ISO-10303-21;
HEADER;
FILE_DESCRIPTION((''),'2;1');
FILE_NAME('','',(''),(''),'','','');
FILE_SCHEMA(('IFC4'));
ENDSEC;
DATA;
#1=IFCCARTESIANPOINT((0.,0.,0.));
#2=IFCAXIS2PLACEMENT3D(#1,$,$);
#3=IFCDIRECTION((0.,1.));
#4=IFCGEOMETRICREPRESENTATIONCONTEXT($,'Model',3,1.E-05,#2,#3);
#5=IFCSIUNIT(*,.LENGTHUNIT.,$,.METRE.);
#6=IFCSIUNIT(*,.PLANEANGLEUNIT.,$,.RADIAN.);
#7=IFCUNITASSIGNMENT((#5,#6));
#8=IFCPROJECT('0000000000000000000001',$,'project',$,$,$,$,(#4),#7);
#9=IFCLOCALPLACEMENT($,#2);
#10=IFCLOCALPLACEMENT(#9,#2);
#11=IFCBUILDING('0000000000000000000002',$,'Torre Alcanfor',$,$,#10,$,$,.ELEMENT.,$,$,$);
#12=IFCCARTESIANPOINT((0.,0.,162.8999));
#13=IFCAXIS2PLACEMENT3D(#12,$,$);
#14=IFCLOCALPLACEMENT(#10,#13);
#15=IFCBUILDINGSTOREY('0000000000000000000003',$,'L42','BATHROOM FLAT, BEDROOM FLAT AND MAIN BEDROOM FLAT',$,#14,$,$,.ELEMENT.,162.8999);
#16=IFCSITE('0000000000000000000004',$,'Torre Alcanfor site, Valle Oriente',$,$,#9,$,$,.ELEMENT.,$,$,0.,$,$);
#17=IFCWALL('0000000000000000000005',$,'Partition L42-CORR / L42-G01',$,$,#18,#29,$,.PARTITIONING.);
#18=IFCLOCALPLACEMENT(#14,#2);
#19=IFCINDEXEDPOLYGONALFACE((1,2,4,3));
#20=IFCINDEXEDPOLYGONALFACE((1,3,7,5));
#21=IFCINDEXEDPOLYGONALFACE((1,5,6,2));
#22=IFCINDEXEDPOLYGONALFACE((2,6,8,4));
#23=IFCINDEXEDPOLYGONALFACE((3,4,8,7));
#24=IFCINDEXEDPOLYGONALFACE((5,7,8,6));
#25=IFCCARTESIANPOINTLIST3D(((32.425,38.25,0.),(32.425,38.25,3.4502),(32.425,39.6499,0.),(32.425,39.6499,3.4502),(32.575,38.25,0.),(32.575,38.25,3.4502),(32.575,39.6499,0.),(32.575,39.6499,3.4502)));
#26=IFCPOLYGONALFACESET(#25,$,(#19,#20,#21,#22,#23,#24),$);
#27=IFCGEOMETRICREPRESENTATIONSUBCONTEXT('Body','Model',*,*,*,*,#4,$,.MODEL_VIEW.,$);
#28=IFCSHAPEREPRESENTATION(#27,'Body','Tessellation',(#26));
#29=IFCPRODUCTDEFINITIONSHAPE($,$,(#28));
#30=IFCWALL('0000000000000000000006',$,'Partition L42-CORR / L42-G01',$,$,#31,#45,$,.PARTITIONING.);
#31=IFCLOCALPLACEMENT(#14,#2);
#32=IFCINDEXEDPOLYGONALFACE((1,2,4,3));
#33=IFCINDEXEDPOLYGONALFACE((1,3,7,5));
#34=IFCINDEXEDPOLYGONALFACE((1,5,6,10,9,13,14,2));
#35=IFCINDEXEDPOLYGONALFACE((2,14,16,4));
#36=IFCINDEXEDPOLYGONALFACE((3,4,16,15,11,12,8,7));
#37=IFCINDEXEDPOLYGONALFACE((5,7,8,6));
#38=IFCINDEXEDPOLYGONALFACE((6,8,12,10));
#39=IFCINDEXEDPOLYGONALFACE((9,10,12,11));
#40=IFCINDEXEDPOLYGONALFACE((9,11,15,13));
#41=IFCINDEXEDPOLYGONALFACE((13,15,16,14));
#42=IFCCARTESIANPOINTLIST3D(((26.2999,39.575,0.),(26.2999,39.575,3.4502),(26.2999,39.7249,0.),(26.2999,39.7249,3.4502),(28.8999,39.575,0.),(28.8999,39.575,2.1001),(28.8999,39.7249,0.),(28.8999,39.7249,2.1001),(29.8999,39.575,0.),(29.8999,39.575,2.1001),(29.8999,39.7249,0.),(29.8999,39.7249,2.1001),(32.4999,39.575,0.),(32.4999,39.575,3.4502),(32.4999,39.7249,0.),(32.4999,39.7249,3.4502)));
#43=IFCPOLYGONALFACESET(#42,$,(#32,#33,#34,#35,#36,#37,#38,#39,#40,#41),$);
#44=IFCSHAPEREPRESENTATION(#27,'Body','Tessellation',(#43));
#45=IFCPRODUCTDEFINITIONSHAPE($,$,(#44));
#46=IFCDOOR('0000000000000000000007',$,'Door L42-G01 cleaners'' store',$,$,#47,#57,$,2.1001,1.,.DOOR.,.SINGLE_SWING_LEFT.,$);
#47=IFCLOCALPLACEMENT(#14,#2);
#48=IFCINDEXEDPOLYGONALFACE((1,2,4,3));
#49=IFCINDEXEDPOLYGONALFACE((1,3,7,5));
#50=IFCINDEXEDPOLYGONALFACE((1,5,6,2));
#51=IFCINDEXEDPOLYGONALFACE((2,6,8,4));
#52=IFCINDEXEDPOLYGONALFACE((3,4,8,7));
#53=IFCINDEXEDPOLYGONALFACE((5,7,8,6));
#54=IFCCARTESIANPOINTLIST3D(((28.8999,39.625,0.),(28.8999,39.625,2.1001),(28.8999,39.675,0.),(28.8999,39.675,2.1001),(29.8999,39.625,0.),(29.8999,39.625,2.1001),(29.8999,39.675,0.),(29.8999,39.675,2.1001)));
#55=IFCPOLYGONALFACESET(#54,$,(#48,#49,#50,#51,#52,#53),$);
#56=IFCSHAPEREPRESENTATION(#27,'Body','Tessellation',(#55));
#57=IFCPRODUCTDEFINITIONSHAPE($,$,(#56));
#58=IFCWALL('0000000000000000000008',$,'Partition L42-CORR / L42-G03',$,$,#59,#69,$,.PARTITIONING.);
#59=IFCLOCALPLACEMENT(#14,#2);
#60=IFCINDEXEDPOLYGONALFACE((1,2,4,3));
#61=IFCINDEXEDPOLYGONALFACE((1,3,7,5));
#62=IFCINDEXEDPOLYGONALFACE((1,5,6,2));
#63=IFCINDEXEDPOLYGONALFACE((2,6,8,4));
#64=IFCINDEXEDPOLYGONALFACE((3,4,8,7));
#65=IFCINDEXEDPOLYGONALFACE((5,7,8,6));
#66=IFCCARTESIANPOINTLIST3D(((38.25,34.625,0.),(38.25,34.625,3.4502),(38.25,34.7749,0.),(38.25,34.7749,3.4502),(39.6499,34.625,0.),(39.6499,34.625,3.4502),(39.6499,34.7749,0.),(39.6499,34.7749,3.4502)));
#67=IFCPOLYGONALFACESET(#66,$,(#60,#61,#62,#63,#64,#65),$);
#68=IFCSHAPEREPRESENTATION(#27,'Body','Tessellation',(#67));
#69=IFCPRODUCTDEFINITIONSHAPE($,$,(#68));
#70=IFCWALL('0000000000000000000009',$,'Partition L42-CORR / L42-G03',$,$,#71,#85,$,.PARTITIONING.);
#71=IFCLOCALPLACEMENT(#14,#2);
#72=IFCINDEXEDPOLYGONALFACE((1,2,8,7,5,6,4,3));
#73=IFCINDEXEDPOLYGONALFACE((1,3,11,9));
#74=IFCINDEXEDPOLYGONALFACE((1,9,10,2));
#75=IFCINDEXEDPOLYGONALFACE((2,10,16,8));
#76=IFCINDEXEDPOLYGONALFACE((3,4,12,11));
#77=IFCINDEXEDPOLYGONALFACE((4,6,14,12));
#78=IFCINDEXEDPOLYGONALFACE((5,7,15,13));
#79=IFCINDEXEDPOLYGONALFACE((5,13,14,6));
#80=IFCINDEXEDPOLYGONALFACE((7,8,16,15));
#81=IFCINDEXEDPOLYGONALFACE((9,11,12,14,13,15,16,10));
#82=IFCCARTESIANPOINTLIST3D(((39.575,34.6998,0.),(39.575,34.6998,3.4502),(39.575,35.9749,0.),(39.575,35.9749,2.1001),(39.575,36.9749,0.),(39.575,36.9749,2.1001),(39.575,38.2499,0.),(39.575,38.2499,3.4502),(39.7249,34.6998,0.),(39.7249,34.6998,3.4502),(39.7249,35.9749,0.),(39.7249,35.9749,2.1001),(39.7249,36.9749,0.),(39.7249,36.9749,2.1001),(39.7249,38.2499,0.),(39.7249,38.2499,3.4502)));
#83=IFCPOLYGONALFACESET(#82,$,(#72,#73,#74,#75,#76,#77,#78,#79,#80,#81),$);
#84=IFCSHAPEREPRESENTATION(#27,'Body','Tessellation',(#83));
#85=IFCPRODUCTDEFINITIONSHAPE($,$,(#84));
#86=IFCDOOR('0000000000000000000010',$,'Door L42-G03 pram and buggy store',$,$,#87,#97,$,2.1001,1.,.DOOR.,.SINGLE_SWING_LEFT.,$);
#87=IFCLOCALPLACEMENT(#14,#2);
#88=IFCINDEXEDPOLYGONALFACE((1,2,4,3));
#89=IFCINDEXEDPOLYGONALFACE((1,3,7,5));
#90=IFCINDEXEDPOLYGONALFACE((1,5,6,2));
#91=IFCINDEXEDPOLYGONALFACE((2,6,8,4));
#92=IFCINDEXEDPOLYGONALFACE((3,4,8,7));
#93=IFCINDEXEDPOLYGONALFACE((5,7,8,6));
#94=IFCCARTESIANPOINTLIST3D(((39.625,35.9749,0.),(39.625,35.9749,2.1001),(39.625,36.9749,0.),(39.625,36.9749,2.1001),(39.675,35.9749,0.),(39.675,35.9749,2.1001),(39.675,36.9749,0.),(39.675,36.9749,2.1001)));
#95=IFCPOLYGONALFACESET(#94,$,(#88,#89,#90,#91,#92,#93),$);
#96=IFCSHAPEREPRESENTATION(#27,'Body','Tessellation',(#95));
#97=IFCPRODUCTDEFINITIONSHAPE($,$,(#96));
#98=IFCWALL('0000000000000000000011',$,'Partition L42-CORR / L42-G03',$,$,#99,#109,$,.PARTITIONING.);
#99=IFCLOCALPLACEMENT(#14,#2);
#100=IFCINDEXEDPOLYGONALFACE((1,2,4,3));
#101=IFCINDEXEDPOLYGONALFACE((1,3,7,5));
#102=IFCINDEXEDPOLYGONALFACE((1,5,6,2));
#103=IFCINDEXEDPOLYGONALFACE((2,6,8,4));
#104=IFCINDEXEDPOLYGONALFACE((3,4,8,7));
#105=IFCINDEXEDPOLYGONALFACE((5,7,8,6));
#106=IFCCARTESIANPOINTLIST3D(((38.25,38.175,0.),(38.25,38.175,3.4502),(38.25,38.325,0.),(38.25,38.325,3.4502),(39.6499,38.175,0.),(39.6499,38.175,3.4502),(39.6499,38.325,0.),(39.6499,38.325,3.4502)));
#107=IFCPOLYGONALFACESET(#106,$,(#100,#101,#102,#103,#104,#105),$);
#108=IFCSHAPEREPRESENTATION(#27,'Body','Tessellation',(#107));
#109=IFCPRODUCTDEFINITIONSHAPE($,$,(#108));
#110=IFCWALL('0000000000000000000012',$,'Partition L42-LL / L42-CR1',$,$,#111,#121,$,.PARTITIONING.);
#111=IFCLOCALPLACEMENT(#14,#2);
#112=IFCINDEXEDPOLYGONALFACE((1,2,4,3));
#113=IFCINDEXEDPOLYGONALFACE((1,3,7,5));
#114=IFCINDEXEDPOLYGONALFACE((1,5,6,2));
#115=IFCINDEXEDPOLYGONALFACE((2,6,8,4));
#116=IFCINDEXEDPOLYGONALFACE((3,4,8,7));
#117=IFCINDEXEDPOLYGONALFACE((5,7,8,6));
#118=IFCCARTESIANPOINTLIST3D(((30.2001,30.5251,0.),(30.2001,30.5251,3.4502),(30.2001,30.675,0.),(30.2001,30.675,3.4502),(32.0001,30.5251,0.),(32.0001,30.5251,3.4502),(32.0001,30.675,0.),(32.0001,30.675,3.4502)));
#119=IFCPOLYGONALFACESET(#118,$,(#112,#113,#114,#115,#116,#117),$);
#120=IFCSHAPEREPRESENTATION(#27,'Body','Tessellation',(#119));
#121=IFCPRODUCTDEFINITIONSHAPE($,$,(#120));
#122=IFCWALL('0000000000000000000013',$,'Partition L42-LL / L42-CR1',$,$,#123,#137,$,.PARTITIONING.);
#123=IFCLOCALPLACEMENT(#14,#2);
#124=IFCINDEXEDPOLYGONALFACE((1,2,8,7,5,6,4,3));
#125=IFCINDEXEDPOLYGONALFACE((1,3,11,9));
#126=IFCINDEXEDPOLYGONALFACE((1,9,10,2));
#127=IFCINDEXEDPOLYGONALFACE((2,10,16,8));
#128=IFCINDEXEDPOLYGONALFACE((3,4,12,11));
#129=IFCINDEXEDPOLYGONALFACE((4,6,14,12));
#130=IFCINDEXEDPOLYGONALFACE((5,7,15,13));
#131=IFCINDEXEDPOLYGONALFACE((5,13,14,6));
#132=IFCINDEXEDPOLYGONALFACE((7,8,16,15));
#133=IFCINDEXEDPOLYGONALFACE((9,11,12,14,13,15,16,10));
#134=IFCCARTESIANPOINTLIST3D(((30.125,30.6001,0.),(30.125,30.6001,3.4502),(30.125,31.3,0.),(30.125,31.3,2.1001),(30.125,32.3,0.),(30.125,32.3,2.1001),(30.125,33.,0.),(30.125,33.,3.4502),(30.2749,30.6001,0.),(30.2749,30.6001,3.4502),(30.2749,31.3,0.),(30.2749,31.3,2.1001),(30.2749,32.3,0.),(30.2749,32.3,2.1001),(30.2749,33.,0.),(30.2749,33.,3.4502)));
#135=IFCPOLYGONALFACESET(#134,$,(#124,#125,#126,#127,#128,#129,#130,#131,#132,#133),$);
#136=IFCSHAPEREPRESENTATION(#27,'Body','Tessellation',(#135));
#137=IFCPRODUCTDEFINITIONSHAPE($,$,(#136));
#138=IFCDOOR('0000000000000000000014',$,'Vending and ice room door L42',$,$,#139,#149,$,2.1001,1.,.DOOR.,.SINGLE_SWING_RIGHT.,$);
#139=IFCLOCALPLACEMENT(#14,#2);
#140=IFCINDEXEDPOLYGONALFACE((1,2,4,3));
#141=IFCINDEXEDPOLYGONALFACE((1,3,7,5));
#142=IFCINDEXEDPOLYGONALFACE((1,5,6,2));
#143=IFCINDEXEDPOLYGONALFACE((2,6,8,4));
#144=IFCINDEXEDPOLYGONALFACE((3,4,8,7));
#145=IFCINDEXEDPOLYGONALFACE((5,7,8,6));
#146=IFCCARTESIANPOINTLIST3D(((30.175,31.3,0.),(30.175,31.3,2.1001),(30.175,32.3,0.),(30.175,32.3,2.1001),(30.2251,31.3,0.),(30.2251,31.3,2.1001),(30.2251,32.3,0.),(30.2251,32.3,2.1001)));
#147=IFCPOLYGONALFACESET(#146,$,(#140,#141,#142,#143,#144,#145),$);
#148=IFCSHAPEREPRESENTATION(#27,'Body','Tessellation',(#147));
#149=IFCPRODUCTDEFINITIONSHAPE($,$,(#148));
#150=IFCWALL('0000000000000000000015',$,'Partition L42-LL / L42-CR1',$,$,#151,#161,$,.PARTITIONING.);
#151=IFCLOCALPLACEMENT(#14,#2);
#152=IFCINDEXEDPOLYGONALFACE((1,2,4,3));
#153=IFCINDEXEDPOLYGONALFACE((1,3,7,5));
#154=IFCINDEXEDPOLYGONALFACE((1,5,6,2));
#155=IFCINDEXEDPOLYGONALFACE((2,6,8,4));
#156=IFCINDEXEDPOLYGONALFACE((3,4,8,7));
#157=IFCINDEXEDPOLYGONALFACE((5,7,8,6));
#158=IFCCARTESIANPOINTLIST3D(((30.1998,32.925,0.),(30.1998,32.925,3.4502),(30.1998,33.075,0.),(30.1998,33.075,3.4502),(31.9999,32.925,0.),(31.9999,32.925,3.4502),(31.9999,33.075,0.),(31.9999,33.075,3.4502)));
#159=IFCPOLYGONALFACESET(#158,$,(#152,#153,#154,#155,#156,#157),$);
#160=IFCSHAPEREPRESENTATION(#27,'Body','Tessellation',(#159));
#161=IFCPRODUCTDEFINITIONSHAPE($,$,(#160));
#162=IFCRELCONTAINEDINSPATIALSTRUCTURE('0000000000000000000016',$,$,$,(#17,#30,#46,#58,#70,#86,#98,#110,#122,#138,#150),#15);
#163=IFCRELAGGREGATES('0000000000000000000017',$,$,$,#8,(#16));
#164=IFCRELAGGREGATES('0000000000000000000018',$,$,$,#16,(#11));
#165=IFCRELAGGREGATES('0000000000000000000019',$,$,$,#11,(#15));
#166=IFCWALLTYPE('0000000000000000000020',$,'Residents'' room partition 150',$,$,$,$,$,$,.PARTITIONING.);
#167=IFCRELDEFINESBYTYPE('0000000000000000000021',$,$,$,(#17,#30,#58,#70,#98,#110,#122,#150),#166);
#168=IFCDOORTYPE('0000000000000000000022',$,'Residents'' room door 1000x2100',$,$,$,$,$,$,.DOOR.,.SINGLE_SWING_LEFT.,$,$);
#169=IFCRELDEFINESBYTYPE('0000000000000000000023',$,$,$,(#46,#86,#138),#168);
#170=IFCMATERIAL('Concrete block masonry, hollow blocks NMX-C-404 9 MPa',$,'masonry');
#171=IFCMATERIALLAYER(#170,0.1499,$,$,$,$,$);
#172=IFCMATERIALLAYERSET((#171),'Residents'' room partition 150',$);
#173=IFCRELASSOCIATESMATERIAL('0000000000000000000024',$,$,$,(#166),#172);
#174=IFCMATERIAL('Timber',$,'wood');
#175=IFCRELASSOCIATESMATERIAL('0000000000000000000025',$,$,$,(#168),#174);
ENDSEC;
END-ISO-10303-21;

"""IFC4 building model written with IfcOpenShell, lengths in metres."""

from ifc_helpers import new_model, si_unit, direction, frame, frame_2d, origin, place, context, subcontext, project, spatial, rectangle, extrude, material, layer, layer_set, type_object, element, fill, save


model = new_model("IFC4")

# Units and contexts
model_context = context("Model", 3, precision=1e-05, world=origin(), true_north=direction((0.0, 1.0)))
body_context = subcontext(model_context, "Body", "Model", "MODEL_VIEW")
ifc_project = project(units=[si_unit("LENGTHUNIT", "METRE"), si_unit("PLANEANGLEUNIT", "RADIAN")], contexts=[model_context])

# Site, building, storey
site_placement = place(None, origin())
site = spatial("IfcSite", under=ifc_project, at=site_placement, Name="Torre Alcanfor site, Valle Oriente", CompositionType="ELEMENT", RefElevation=0.0)
building_placement = place(site_placement, origin())
building = spatial("IfcBuilding", under=site, at=building_placement, Name="Torre Alcanfor", CompositionType="ELEMENT")
storey_placement = place(building_placement, frame((0.0, 0.0, 162.8999)))
storey = spatial("IfcBuildingStorey", under=building, at=storey_placement, Name="L42", Description="BATHROOM FLAT, BEDROOM FLAT AND MAIN BEDROOM FLAT", CompositionType="ELEMENT", Elevation=162.8999)

# Wall
ifc_material_1 = material(Name="Concrete block masonry, hollow blocks NMX-C-404 9 MPa", Category="masonry")
ifc_layer_1 = layer(ifc_material_1, 0.1499)
ifc_layer_set_1 = layer_set([ifc_layer_1], Name="Residents' room partition 150")
wall_type_1 = type_object("IfcWallType", Name="Residents' room partition 150", PredefinedType="PARTITIONING", material=ifc_layer_set_1)
wall_1_placement = place(storey_placement, frame((32.5, 38.25, 0.0), z_axis=(0.0, 0.0, 1.0), x_axis=(0.0, 1.0, 0.0)))
element("IfcWall", 1, at=wall_1_placement, inside=storey, type_object=wall_type_1, Name="Partition L42-CORR / L42-G01", PredefinedType="PARTITIONING", context=body_context, shape_type="SweptSolid", body=[
    extrude(rectangle(XDim=1.3999, YDim=0.1499, at=frame_2d((0.7, 0.0))), origin(), (0.0, 0.0, 1.0), 3.4502),
])

# Wall, opening, door
wall_2_placement = place(storey_placement, frame((32.5, 39.6499, 0.0), z_axis=(0.0, 0.0, 1.0), x_axis=(-1.0, 0.0, 0.0)))
wall_2 = element("IfcWall", 2, at=wall_2_placement, inside=storey, type_object=wall_type_1, Name="Partition L42-CORR / L42-G01", PredefinedType="PARTITIONING", context=body_context, shape_type="SweptSolid", body=[
    extrude(rectangle(XDim=6.2, YDim=0.1499, at=frame_2d((3.1001, 0.0))), origin(), (0.0, 0.0, 1.0), 3.4502),
])
opening_1_placement = place(wall_2_placement, frame((2.6001, 0.0, 0.0)))
opening_1 = element("IfcOpeningElement", 3, at=opening_1_placement, cuts=wall_2, PredefinedType="OPENING", context=body_context, shape_type="SweptSolid", body=[
    extrude(rectangle(XDim=1.0, YDim=2.1001, at=frame_2d((0.5, 1.05))), frame((0.0, 0.085, 0.0), z_axis=(0.0, -1.0, 0.0), x_axis=(1.0, 0.0, 0.0)), (0.0, 0.0, 1.0), 0.1699),
])
ifc_material_2 = material(Name="Timber", Category="wood")
door_type = type_object("IfcDoorType", Name="Residents' room door 1000x2100", OperationType="SINGLE_SWING_LEFT", PredefinedType="DOOR", material=ifc_material_2)
door_1_placement = place(opening_1_placement, origin())
door_1 = element("IfcDoor", 4, at=door_1_placement, inside=storey, type_object=door_type, Name="Door L42-G01 cleaners' store", OperationType="SINGLE_SWING_LEFT", OverallHeight=2.1001, OverallWidth=1.0, PredefinedType="DOOR", context=body_context, shape_type="SweptSolid", body=[
    extrude(rectangle(XDim=1.0, YDim=2.1001, at=frame_2d((0.5, 1.05))), frame((0.0, 0.0249, 0.0), z_axis=(0.0, -1.0, 0.0), x_axis=(1.0, 0.0, 0.0)), (0.0, 0.0, 1.0), 0.05),
])
fill(opening_1, door_1)

# Wall
wall_3_placement = place(storey_placement, frame((38.25, 34.7, 0.0), z_axis=(0.0, 0.0, 1.0), x_axis=(1.0, 0.0, 0.0)))
element("IfcWall", 5, at=wall_3_placement, inside=storey, type_object=wall_type_1, Name="Partition L42-CORR / L42-G03", PredefinedType="PARTITIONING", context=body_context, shape_type="SweptSolid", body=[
    extrude(rectangle(XDim=1.3999, YDim=0.1499, at=frame_2d((0.7, 0.0))), origin(), (0.0, 0.0, 1.0), 3.4502),
])

# Wall, opening, door
wall_4_placement = place(storey_placement, frame((39.6499, 34.7, 0.0), z_axis=(0.0, 0.0, 1.0), x_axis=(0.0, 1.0, 0.0)))
wall_4 = element("IfcWall", 6, at=wall_4_placement, inside=storey, type_object=wall_type_1, Name="Partition L42-CORR / L42-G03", PredefinedType="PARTITIONING", context=body_context, shape_type="SweptSolid", body=[
    extrude(rectangle(XDim=3.55, YDim=0.1499, at=frame_2d((1.7749, 0.0))), origin(), (0.0, 0.0, 1.0), 3.4502),
])
opening_2_placement = place(wall_4_placement, frame((1.2749, 0.0, 0.0)))
opening_2 = element("IfcOpeningElement", 7, at=opening_2_placement, cuts=wall_4, PredefinedType="OPENING", context=body_context, shape_type="SweptSolid", body=[
    extrude(rectangle(XDim=1.0, YDim=2.1001, at=frame_2d((0.5, 1.05))), frame((0.0, 0.085, 0.0), z_axis=(0.0, -1.0, 0.0), x_axis=(1.0, 0.0, 0.0)), (0.0, 0.0, 1.0), 0.1699),
])
door_2_placement = place(opening_2_placement, origin())
door_2 = element("IfcDoor", 8, at=door_2_placement, inside=storey, type_object=door_type, Name="Door L42-G03 pram and buggy store", OperationType="SINGLE_SWING_LEFT", OverallHeight=2.1001, OverallWidth=1.0, PredefinedType="DOOR", context=body_context, shape_type="SweptSolid", body=[
    extrude(rectangle(XDim=1.0, YDim=2.1001, at=frame_2d((0.5, 1.05))), frame((0.0, 0.0249, 0.0), z_axis=(0.0, -1.0, 0.0), x_axis=(1.0, 0.0, 0.0)), (0.0, 0.0, 1.0), 0.05),
])
fill(opening_2, door_2)

# Walls
wall_5_placement = place(storey_placement, frame((39.6499, 38.25, 0.0), z_axis=(0.0, 0.0, 1.0), x_axis=(-1.0, 0.0, 0.0)))
element("IfcWall", 9, at=wall_5_placement, inside=storey, type_object=wall_type_1, Name="Partition L42-CORR / L42-G03", PredefinedType="PARTITIONING", context=body_context, shape_type="SweptSolid", body=[
    extrude(rectangle(XDim=1.3999, YDim=0.1499, at=frame_2d((0.7, 0.0))), origin(), (0.0, 0.0, 1.0), 3.4502),
])
wall_6_placement = place(storey_placement, frame((32.0, 30.6001, 0.0), z_axis=(0.0, 0.0, 1.0), x_axis=(-1.0, 0.0, 0.0)))
element("IfcWall", 10, at=wall_6_placement, inside=storey, type_object=wall_type_1, Name="Partition L42-LL / L42-CR1", PredefinedType="PARTITIONING", context=body_context, shape_type="SweptSolid", body=[
    extrude(rectangle(XDim=1.8, YDim=0.1499, at=frame_2d((0.8999, 0.0))), origin(), (0.0, 0.0, 1.0), 3.4502),
])

# Wall, opening, door
wall_7_placement = place(storey_placement, frame((30.2, 30.6001, 0.0), z_axis=(0.0, 0.0, 1.0), x_axis=(0.0, 1.0, 0.0)))
wall_7 = element("IfcWall", 11, at=wall_7_placement, inside=storey, type_object=wall_type_1, Name="Partition L42-LL / L42-CR1", PredefinedType="PARTITIONING", context=body_context, shape_type="SweptSolid", body=[
    extrude(rectangle(XDim=2.3999, YDim=0.1499, at=frame_2d((1.2, 0.0))), origin(), (0.0, 0.0, 1.0), 3.4502),
])
opening_3_placement = place(wall_7_placement, frame((0.7, 0.0, 0.0)))
opening_3 = element("IfcOpeningElement", 12, at=opening_3_placement, cuts=wall_7, PredefinedType="OPENING", context=body_context, shape_type="SweptSolid", body=[
    extrude(rectangle(XDim=1.0, YDim=2.1001, at=frame_2d((0.5, 1.05))), frame((0.0, 0.085, 0.0), z_axis=(0.0, -1.0, 0.0), x_axis=(1.0, 0.0, 0.0)), (0.0, 0.0, 1.0), 0.1699),
])
door_3_placement = place(opening_3_placement, frame((1.0, 0.0, 0.0), z_axis=(0.0, 0.0, 1.0), x_axis=(-1.0, 0.0, 0.0)))
door_3 = element("IfcDoor", 13, at=door_3_placement, inside=storey, type_object=door_type, Name="Vending and ice room door L42", OperationType="SINGLE_SWING_RIGHT", OverallHeight=2.1001, OverallWidth=1.0, PredefinedType="DOOR", context=body_context, shape_type="SweptSolid", body=[
    extrude(rectangle(XDim=1.0, YDim=2.1001, at=frame_2d((0.5, 1.05))), frame((0.0, 0.0251, 0.0), z_axis=(0.0, -1.0, 0.0), x_axis=(1.0, 0.0, 0.0)), (0.0, 0.0, 1.0), 0.05),
])
fill(opening_3, door_3)

# Wall
wall_8_placement = place(storey_placement, frame((30.2, 33.0, 0.0), z_axis=(0.0, 0.0, 1.0), x_axis=(1.0, 0.0, 0.0)))
element("IfcWall", 14, at=wall_8_placement, inside=storey, type_object=wall_type_1, Name="Partition L42-LL / L42-CR1", PredefinedType="PARTITIONING", context=body_context, shape_type="SweptSolid", body=[
    extrude(rectangle(XDim=1.8, YDim=0.1499, at=frame_2d((0.8999, 0.0))), origin(), (0.0, 0.0, 1.0), 3.4502),
])

save(model, "model.ifc")
